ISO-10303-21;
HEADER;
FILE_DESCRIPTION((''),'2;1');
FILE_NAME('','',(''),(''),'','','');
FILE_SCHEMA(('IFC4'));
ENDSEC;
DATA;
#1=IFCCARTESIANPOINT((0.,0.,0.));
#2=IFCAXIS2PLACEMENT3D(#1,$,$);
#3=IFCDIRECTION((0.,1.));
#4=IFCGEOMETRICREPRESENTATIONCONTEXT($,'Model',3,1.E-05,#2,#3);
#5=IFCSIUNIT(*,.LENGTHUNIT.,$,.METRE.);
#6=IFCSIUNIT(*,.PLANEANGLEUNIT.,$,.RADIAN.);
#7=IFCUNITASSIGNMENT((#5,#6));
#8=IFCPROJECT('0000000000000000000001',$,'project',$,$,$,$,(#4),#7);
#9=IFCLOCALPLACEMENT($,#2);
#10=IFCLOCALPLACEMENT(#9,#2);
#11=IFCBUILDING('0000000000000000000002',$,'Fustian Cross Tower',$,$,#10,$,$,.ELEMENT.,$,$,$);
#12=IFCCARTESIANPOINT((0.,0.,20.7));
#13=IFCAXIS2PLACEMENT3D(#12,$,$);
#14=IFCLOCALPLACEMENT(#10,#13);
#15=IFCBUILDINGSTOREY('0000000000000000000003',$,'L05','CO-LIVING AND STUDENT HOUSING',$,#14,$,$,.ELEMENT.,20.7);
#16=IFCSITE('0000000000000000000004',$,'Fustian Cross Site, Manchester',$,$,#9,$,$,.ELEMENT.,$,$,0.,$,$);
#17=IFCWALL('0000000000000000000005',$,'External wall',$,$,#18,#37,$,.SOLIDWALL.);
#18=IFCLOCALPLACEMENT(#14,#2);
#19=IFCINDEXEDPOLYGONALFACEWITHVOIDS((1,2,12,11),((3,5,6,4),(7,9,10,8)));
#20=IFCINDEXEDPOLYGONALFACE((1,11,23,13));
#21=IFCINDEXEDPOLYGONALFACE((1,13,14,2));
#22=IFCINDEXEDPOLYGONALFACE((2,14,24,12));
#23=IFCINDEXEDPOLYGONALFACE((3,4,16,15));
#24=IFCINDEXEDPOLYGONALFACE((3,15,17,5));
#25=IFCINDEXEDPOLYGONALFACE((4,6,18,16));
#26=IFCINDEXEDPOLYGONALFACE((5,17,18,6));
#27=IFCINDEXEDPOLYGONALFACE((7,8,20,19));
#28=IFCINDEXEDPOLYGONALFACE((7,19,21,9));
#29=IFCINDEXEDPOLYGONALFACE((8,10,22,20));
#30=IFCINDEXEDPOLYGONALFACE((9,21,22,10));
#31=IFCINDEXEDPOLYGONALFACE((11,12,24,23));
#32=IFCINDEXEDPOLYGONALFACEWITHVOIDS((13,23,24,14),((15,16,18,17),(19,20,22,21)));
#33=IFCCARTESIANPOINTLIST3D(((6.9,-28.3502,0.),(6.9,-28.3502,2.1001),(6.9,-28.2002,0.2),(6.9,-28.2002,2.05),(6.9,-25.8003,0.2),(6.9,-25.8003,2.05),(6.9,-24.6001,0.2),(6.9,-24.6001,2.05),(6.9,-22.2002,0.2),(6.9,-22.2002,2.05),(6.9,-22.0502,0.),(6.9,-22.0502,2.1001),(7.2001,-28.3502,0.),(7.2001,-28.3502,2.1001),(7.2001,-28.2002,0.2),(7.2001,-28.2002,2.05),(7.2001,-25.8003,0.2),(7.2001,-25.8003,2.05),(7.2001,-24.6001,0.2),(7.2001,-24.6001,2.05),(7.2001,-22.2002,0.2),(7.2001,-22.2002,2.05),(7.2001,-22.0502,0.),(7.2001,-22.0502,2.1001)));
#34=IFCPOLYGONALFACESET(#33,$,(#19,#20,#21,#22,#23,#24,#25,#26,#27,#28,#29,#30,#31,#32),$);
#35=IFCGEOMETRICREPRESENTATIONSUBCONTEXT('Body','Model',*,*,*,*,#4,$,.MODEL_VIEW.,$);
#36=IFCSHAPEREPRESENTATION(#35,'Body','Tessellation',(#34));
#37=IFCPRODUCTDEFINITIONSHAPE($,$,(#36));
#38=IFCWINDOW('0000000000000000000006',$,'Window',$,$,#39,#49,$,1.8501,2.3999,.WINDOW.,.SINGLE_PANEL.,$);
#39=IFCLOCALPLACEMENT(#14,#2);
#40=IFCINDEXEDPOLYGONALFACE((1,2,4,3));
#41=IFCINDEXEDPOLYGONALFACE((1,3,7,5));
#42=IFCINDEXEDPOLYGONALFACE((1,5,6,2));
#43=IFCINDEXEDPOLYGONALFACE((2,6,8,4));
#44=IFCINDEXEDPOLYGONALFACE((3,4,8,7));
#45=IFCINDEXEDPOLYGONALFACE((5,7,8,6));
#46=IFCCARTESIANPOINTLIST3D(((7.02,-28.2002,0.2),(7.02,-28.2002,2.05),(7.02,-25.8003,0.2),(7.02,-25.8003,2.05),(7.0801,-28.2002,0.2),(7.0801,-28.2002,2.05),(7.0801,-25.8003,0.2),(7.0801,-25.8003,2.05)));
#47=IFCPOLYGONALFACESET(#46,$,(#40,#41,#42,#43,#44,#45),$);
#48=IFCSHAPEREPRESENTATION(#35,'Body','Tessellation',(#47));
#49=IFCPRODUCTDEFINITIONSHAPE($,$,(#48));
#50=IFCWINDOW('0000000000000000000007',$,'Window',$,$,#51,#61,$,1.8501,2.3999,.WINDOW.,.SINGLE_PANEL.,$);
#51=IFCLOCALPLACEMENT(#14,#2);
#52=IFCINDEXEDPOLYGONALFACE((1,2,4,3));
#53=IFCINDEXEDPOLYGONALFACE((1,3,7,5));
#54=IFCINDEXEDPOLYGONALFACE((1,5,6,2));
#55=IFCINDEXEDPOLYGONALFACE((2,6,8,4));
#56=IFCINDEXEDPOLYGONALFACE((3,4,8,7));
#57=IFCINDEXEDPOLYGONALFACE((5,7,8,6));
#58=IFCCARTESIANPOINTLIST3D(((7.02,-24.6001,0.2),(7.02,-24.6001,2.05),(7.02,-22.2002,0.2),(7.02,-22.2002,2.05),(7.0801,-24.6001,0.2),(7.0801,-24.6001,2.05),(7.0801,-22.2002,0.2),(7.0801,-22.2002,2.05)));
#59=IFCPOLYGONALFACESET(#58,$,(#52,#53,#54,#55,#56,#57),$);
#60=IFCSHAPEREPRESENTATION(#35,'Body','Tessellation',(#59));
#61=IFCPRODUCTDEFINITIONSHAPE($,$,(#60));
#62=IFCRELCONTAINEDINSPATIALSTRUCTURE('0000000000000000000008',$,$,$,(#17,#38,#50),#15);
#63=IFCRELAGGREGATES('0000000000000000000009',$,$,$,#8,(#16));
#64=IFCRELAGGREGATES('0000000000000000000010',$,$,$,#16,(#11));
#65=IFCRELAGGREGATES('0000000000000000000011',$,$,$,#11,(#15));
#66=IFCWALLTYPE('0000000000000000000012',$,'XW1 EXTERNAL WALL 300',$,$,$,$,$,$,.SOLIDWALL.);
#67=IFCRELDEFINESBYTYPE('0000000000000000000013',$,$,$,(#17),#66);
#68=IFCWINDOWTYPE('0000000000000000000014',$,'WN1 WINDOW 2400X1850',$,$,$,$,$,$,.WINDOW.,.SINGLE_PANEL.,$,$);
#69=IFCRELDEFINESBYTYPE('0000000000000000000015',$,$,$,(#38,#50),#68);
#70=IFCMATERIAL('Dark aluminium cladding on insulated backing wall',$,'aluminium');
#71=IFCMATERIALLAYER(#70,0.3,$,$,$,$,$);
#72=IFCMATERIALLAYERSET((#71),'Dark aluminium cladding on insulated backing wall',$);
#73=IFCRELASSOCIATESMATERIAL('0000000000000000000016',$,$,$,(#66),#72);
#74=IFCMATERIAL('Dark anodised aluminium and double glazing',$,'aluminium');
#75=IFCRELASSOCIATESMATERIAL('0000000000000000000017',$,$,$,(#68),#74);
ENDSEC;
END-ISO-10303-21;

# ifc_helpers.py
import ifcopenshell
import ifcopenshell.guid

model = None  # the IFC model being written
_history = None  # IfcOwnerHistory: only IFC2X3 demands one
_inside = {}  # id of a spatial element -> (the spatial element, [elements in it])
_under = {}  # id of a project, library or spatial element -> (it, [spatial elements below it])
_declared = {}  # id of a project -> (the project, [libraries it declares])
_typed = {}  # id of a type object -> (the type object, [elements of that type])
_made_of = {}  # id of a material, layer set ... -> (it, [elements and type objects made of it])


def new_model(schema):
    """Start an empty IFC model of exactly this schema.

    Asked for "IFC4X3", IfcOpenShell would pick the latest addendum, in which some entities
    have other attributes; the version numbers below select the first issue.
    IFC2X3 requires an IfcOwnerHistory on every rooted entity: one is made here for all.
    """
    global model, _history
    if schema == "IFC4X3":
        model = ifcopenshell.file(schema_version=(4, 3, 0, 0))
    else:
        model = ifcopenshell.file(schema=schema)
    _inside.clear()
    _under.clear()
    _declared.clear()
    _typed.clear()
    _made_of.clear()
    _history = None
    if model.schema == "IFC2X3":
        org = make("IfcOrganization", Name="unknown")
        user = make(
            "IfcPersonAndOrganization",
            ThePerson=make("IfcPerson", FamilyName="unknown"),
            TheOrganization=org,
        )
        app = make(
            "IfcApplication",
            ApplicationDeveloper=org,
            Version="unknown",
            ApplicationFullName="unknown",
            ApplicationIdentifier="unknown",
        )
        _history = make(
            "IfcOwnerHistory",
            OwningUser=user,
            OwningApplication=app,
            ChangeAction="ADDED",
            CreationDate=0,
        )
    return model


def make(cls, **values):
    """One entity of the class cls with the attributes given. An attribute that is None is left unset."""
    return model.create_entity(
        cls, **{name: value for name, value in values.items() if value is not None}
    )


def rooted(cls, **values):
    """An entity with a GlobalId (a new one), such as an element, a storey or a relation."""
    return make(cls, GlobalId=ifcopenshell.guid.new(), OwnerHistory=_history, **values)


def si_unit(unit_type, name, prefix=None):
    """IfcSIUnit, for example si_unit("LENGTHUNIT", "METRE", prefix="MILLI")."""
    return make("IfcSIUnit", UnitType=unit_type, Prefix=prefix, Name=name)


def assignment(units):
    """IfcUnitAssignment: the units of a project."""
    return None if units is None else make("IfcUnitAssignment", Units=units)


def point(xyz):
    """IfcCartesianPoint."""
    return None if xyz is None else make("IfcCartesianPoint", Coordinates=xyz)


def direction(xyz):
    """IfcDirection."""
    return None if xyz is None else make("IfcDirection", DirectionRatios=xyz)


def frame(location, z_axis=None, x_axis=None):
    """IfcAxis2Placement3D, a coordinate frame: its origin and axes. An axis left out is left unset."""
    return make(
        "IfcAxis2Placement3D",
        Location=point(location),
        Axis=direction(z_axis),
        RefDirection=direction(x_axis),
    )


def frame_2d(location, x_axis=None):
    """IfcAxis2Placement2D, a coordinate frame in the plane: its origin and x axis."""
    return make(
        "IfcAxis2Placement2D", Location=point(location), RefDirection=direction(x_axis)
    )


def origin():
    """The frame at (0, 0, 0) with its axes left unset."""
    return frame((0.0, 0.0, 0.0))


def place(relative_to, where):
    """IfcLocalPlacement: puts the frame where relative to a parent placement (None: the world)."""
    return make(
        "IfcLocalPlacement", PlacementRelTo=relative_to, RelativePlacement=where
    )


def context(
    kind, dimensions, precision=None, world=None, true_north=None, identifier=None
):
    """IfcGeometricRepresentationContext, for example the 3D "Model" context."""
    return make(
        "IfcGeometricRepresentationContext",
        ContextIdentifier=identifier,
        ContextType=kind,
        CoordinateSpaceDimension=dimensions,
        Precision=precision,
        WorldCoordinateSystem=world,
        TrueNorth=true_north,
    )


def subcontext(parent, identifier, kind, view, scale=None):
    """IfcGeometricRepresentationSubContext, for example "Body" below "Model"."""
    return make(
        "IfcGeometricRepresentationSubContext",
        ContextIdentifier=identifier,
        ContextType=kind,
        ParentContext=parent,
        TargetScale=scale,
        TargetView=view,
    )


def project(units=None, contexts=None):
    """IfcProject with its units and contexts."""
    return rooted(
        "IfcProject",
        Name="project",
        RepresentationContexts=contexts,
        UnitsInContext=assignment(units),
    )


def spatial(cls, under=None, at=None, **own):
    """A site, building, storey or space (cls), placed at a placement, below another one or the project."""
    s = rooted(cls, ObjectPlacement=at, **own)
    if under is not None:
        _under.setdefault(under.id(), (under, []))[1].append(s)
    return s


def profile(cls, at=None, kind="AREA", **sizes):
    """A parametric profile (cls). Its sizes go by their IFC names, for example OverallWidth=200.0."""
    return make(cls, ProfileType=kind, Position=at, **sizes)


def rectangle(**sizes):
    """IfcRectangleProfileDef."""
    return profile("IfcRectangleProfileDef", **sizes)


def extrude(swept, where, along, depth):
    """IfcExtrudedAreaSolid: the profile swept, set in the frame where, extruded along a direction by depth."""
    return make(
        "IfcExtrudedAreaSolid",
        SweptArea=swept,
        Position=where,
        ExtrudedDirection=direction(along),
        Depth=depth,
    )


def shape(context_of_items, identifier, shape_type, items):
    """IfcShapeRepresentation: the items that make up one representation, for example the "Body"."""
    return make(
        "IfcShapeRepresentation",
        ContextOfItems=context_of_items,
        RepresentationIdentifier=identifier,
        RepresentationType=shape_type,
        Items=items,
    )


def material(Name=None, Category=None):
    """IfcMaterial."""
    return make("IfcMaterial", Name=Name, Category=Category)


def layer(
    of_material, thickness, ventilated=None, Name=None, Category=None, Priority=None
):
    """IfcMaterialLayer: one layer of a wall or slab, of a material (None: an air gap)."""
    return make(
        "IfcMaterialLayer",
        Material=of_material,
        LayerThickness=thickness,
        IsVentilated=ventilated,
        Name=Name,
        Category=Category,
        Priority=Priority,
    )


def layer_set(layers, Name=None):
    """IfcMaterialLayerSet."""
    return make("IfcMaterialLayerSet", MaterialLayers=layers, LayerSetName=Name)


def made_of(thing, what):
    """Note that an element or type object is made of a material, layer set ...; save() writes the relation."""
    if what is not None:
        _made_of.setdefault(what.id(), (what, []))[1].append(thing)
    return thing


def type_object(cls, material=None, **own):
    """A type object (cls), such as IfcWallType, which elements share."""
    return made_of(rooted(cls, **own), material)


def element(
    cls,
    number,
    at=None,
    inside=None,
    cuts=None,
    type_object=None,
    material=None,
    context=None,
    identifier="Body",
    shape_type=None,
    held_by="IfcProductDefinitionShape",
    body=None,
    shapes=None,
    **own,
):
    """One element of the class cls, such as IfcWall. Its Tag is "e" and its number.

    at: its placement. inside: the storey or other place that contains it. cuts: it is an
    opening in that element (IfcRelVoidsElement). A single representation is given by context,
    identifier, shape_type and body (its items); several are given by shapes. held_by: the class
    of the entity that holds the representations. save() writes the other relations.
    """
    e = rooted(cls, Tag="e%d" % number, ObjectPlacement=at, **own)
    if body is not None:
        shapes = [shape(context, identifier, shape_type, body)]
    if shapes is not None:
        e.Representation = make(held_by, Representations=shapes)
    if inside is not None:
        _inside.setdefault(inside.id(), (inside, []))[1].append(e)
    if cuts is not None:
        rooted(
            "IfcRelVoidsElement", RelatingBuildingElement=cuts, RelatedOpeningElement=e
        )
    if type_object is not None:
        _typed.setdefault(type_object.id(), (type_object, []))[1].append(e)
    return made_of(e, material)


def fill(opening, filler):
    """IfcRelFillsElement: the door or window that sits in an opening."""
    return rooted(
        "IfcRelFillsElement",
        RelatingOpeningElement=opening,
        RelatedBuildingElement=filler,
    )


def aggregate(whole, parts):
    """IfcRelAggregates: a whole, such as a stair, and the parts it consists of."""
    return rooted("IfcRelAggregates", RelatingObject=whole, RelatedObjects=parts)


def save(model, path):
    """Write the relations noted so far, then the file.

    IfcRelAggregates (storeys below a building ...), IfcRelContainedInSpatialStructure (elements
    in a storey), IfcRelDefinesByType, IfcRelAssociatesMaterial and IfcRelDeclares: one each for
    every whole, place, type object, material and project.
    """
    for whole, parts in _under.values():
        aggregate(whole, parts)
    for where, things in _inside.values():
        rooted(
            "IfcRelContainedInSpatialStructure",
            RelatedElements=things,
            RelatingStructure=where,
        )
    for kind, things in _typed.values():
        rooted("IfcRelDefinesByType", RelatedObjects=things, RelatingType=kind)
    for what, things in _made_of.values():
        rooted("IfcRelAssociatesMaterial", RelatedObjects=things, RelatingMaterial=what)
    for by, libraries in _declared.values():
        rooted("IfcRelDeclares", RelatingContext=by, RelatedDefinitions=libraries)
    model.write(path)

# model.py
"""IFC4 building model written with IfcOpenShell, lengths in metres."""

from ifc_helpers import new_model, si_unit, direction, frame, frame_2d, origin, place, context, subcontext, project, spatial, rectangle, extrude, material, layer, layer_set, type_object, element, fill, save


model = new_model("IFC4")

# Units and contexts
model_context = context("Model", 3, precision=1e-05, world=origin(), true_north=direction((0.0, 1.0)))
body_context = subcontext(model_context, "Body", "Model", "MODEL_VIEW")
ifc_project = project(units=[si_unit("LENGTHUNIT", "METRE"), si_unit("PLANEANGLEUNIT", "RADIAN")], contexts=[model_context])

# Site, building, storey
site_placement = place(None, origin())
site = spatial("IfcSite", under=ifc_project, at=site_placement, Name="Fustian Cross Site, Manchester", CompositionType="ELEMENT", RefElevation=0.0)
building_placement = place(site_placement, origin())
building = spatial("IfcBuilding", under=site, at=building_placement, Name="Fustian Cross Tower", CompositionType="ELEMENT")
storey_placement = place(building_placement, frame((0.0, 0.0, 20.7)))
storey = spatial("IfcBuildingStorey", under=building, at=storey_placement, Name="L05", Description="CO-LIVING AND STUDENT HOUSING", CompositionType="ELEMENT", Elevation=20.7)

# Wall, openings, windows
ifc_material_1 = material(Name="Dark aluminium cladding on insulated backing wall", Category="aluminium")
ifc_layer_1 = layer(ifc_material_1, 0.3)
ifc_layer_set_1 = layer_set([ifc_layer_1], Name="Dark aluminium cladding on insulated backing wall")
wall_type_1 = type_object("IfcWallType", Name="XW1 EXTERNAL WALL 300", PredefinedType="SOLIDWALL", material=ifc_layer_set_1)
wall_1_placement = place(storey_placement, frame((7.05, -28.3501, 0.0), z_axis=(0.0, 0.0, 1.0), x_axis=(0.0, 1.0, 0.0)))
wall_1 = element("IfcWall", 1, at=wall_1_placement, inside=storey, type_object=wall_type_1, Name="External wall", PredefinedType="SOLIDWALL", context=body_context, shape_type="SweptSolid", body=[
    extrude(rectangle(XDim=6.3, YDim=0.3, at=frame_2d((3.1499, 0.0))), origin(), (0.0, 0.0, 1.0), 2.1001),
])
opening_1_placement = place(wall_1_placement, frame((0.1499, 0.0, 0.2)))
opening_1 = element("IfcOpeningElement", 2, at=opening_1_placement, cuts=wall_1, PredefinedType="OPENING", context=body_context, shape_type="SweptSolid", body=[
    extrude(rectangle(XDim=2.3999, YDim=1.8501, at=frame_2d((1.2, 0.925))), frame((0.0, 0.1599, 0.0), z_axis=(0.0, -1.0, 0.0), x_axis=(1.0, 0.0, 0.0)), (0.0, 0.0, 1.0), 0.3201),
])
opening_2_placement = place(wall_1_placement, frame((3.75, 0.0, 0.2)))
opening_2 = element("IfcOpeningElement", 3, at=opening_2_placement, cuts=wall_1, PredefinedType="OPENING", context=body_context, shape_type="SweptSolid", body=[
    extrude(rectangle(XDim=2.3999, YDim=1.8501, at=frame_2d((1.2, 0.925))), frame((0.0, 0.1599, 0.0), z_axis=(0.0, -1.0, 0.0), x_axis=(1.0, 0.0, 0.0)), (0.0, 0.0, 1.0), 0.3201),
])
ifc_material_2 = material(Name="Dark anodised aluminium and double glazing", Category="aluminium")
window_type = type_object("IfcWindowType", Name="WN1 WINDOW 2400X1850", PartitioningType="SINGLE_PANEL", PredefinedType="WINDOW", material=ifc_material_2)
window_1_placement = place(opening_1_placement, origin())
window_1 = element("IfcWindow", 4, at=window_1_placement, inside=storey, type_object=window_type, Name="Window", OverallHeight=1.8501, OverallWidth=2.3999, PartitioningType="SINGLE_PANEL", PredefinedType="WINDOW", context=body_context, shape_type="SweptSolid", body=[
    extrude(rectangle(XDim=2.3999, YDim=1.8501, at=frame_2d((1.2, 0.925))), frame((0.0, 0.03, 0.0), z_axis=(0.0, -1.0, 0.0), x_axis=(1.0, 0.0, 0.0)), (0.0, 0.0, 1.0), 0.0601),
])
fill(opening_1, window_1)
window_2_placement = place(opening_2_placement, origin())
window_2 = element("IfcWindow", 5, at=window_2_placement, inside=storey, type_object=window_type, Name="Window", OverallHeight=1.8501, OverallWidth=2.3999, PartitioningType="SINGLE_PANEL", PredefinedType="WINDOW", context=body_context, shape_type="SweptSolid", body=[
    extrude(rectangle(XDim=2.3999, YDim=1.8501, at=frame_2d((1.2, 0.925))), frame((0.0, 0.03, 0.0), z_axis=(0.0, -1.0, 0.0), x_axis=(1.0, 0.0, 0.0)), (0.0, 0.0, 1.0), 0.0601),
])
fill(opening_2, window_2)

save(model, "model.ifc")
